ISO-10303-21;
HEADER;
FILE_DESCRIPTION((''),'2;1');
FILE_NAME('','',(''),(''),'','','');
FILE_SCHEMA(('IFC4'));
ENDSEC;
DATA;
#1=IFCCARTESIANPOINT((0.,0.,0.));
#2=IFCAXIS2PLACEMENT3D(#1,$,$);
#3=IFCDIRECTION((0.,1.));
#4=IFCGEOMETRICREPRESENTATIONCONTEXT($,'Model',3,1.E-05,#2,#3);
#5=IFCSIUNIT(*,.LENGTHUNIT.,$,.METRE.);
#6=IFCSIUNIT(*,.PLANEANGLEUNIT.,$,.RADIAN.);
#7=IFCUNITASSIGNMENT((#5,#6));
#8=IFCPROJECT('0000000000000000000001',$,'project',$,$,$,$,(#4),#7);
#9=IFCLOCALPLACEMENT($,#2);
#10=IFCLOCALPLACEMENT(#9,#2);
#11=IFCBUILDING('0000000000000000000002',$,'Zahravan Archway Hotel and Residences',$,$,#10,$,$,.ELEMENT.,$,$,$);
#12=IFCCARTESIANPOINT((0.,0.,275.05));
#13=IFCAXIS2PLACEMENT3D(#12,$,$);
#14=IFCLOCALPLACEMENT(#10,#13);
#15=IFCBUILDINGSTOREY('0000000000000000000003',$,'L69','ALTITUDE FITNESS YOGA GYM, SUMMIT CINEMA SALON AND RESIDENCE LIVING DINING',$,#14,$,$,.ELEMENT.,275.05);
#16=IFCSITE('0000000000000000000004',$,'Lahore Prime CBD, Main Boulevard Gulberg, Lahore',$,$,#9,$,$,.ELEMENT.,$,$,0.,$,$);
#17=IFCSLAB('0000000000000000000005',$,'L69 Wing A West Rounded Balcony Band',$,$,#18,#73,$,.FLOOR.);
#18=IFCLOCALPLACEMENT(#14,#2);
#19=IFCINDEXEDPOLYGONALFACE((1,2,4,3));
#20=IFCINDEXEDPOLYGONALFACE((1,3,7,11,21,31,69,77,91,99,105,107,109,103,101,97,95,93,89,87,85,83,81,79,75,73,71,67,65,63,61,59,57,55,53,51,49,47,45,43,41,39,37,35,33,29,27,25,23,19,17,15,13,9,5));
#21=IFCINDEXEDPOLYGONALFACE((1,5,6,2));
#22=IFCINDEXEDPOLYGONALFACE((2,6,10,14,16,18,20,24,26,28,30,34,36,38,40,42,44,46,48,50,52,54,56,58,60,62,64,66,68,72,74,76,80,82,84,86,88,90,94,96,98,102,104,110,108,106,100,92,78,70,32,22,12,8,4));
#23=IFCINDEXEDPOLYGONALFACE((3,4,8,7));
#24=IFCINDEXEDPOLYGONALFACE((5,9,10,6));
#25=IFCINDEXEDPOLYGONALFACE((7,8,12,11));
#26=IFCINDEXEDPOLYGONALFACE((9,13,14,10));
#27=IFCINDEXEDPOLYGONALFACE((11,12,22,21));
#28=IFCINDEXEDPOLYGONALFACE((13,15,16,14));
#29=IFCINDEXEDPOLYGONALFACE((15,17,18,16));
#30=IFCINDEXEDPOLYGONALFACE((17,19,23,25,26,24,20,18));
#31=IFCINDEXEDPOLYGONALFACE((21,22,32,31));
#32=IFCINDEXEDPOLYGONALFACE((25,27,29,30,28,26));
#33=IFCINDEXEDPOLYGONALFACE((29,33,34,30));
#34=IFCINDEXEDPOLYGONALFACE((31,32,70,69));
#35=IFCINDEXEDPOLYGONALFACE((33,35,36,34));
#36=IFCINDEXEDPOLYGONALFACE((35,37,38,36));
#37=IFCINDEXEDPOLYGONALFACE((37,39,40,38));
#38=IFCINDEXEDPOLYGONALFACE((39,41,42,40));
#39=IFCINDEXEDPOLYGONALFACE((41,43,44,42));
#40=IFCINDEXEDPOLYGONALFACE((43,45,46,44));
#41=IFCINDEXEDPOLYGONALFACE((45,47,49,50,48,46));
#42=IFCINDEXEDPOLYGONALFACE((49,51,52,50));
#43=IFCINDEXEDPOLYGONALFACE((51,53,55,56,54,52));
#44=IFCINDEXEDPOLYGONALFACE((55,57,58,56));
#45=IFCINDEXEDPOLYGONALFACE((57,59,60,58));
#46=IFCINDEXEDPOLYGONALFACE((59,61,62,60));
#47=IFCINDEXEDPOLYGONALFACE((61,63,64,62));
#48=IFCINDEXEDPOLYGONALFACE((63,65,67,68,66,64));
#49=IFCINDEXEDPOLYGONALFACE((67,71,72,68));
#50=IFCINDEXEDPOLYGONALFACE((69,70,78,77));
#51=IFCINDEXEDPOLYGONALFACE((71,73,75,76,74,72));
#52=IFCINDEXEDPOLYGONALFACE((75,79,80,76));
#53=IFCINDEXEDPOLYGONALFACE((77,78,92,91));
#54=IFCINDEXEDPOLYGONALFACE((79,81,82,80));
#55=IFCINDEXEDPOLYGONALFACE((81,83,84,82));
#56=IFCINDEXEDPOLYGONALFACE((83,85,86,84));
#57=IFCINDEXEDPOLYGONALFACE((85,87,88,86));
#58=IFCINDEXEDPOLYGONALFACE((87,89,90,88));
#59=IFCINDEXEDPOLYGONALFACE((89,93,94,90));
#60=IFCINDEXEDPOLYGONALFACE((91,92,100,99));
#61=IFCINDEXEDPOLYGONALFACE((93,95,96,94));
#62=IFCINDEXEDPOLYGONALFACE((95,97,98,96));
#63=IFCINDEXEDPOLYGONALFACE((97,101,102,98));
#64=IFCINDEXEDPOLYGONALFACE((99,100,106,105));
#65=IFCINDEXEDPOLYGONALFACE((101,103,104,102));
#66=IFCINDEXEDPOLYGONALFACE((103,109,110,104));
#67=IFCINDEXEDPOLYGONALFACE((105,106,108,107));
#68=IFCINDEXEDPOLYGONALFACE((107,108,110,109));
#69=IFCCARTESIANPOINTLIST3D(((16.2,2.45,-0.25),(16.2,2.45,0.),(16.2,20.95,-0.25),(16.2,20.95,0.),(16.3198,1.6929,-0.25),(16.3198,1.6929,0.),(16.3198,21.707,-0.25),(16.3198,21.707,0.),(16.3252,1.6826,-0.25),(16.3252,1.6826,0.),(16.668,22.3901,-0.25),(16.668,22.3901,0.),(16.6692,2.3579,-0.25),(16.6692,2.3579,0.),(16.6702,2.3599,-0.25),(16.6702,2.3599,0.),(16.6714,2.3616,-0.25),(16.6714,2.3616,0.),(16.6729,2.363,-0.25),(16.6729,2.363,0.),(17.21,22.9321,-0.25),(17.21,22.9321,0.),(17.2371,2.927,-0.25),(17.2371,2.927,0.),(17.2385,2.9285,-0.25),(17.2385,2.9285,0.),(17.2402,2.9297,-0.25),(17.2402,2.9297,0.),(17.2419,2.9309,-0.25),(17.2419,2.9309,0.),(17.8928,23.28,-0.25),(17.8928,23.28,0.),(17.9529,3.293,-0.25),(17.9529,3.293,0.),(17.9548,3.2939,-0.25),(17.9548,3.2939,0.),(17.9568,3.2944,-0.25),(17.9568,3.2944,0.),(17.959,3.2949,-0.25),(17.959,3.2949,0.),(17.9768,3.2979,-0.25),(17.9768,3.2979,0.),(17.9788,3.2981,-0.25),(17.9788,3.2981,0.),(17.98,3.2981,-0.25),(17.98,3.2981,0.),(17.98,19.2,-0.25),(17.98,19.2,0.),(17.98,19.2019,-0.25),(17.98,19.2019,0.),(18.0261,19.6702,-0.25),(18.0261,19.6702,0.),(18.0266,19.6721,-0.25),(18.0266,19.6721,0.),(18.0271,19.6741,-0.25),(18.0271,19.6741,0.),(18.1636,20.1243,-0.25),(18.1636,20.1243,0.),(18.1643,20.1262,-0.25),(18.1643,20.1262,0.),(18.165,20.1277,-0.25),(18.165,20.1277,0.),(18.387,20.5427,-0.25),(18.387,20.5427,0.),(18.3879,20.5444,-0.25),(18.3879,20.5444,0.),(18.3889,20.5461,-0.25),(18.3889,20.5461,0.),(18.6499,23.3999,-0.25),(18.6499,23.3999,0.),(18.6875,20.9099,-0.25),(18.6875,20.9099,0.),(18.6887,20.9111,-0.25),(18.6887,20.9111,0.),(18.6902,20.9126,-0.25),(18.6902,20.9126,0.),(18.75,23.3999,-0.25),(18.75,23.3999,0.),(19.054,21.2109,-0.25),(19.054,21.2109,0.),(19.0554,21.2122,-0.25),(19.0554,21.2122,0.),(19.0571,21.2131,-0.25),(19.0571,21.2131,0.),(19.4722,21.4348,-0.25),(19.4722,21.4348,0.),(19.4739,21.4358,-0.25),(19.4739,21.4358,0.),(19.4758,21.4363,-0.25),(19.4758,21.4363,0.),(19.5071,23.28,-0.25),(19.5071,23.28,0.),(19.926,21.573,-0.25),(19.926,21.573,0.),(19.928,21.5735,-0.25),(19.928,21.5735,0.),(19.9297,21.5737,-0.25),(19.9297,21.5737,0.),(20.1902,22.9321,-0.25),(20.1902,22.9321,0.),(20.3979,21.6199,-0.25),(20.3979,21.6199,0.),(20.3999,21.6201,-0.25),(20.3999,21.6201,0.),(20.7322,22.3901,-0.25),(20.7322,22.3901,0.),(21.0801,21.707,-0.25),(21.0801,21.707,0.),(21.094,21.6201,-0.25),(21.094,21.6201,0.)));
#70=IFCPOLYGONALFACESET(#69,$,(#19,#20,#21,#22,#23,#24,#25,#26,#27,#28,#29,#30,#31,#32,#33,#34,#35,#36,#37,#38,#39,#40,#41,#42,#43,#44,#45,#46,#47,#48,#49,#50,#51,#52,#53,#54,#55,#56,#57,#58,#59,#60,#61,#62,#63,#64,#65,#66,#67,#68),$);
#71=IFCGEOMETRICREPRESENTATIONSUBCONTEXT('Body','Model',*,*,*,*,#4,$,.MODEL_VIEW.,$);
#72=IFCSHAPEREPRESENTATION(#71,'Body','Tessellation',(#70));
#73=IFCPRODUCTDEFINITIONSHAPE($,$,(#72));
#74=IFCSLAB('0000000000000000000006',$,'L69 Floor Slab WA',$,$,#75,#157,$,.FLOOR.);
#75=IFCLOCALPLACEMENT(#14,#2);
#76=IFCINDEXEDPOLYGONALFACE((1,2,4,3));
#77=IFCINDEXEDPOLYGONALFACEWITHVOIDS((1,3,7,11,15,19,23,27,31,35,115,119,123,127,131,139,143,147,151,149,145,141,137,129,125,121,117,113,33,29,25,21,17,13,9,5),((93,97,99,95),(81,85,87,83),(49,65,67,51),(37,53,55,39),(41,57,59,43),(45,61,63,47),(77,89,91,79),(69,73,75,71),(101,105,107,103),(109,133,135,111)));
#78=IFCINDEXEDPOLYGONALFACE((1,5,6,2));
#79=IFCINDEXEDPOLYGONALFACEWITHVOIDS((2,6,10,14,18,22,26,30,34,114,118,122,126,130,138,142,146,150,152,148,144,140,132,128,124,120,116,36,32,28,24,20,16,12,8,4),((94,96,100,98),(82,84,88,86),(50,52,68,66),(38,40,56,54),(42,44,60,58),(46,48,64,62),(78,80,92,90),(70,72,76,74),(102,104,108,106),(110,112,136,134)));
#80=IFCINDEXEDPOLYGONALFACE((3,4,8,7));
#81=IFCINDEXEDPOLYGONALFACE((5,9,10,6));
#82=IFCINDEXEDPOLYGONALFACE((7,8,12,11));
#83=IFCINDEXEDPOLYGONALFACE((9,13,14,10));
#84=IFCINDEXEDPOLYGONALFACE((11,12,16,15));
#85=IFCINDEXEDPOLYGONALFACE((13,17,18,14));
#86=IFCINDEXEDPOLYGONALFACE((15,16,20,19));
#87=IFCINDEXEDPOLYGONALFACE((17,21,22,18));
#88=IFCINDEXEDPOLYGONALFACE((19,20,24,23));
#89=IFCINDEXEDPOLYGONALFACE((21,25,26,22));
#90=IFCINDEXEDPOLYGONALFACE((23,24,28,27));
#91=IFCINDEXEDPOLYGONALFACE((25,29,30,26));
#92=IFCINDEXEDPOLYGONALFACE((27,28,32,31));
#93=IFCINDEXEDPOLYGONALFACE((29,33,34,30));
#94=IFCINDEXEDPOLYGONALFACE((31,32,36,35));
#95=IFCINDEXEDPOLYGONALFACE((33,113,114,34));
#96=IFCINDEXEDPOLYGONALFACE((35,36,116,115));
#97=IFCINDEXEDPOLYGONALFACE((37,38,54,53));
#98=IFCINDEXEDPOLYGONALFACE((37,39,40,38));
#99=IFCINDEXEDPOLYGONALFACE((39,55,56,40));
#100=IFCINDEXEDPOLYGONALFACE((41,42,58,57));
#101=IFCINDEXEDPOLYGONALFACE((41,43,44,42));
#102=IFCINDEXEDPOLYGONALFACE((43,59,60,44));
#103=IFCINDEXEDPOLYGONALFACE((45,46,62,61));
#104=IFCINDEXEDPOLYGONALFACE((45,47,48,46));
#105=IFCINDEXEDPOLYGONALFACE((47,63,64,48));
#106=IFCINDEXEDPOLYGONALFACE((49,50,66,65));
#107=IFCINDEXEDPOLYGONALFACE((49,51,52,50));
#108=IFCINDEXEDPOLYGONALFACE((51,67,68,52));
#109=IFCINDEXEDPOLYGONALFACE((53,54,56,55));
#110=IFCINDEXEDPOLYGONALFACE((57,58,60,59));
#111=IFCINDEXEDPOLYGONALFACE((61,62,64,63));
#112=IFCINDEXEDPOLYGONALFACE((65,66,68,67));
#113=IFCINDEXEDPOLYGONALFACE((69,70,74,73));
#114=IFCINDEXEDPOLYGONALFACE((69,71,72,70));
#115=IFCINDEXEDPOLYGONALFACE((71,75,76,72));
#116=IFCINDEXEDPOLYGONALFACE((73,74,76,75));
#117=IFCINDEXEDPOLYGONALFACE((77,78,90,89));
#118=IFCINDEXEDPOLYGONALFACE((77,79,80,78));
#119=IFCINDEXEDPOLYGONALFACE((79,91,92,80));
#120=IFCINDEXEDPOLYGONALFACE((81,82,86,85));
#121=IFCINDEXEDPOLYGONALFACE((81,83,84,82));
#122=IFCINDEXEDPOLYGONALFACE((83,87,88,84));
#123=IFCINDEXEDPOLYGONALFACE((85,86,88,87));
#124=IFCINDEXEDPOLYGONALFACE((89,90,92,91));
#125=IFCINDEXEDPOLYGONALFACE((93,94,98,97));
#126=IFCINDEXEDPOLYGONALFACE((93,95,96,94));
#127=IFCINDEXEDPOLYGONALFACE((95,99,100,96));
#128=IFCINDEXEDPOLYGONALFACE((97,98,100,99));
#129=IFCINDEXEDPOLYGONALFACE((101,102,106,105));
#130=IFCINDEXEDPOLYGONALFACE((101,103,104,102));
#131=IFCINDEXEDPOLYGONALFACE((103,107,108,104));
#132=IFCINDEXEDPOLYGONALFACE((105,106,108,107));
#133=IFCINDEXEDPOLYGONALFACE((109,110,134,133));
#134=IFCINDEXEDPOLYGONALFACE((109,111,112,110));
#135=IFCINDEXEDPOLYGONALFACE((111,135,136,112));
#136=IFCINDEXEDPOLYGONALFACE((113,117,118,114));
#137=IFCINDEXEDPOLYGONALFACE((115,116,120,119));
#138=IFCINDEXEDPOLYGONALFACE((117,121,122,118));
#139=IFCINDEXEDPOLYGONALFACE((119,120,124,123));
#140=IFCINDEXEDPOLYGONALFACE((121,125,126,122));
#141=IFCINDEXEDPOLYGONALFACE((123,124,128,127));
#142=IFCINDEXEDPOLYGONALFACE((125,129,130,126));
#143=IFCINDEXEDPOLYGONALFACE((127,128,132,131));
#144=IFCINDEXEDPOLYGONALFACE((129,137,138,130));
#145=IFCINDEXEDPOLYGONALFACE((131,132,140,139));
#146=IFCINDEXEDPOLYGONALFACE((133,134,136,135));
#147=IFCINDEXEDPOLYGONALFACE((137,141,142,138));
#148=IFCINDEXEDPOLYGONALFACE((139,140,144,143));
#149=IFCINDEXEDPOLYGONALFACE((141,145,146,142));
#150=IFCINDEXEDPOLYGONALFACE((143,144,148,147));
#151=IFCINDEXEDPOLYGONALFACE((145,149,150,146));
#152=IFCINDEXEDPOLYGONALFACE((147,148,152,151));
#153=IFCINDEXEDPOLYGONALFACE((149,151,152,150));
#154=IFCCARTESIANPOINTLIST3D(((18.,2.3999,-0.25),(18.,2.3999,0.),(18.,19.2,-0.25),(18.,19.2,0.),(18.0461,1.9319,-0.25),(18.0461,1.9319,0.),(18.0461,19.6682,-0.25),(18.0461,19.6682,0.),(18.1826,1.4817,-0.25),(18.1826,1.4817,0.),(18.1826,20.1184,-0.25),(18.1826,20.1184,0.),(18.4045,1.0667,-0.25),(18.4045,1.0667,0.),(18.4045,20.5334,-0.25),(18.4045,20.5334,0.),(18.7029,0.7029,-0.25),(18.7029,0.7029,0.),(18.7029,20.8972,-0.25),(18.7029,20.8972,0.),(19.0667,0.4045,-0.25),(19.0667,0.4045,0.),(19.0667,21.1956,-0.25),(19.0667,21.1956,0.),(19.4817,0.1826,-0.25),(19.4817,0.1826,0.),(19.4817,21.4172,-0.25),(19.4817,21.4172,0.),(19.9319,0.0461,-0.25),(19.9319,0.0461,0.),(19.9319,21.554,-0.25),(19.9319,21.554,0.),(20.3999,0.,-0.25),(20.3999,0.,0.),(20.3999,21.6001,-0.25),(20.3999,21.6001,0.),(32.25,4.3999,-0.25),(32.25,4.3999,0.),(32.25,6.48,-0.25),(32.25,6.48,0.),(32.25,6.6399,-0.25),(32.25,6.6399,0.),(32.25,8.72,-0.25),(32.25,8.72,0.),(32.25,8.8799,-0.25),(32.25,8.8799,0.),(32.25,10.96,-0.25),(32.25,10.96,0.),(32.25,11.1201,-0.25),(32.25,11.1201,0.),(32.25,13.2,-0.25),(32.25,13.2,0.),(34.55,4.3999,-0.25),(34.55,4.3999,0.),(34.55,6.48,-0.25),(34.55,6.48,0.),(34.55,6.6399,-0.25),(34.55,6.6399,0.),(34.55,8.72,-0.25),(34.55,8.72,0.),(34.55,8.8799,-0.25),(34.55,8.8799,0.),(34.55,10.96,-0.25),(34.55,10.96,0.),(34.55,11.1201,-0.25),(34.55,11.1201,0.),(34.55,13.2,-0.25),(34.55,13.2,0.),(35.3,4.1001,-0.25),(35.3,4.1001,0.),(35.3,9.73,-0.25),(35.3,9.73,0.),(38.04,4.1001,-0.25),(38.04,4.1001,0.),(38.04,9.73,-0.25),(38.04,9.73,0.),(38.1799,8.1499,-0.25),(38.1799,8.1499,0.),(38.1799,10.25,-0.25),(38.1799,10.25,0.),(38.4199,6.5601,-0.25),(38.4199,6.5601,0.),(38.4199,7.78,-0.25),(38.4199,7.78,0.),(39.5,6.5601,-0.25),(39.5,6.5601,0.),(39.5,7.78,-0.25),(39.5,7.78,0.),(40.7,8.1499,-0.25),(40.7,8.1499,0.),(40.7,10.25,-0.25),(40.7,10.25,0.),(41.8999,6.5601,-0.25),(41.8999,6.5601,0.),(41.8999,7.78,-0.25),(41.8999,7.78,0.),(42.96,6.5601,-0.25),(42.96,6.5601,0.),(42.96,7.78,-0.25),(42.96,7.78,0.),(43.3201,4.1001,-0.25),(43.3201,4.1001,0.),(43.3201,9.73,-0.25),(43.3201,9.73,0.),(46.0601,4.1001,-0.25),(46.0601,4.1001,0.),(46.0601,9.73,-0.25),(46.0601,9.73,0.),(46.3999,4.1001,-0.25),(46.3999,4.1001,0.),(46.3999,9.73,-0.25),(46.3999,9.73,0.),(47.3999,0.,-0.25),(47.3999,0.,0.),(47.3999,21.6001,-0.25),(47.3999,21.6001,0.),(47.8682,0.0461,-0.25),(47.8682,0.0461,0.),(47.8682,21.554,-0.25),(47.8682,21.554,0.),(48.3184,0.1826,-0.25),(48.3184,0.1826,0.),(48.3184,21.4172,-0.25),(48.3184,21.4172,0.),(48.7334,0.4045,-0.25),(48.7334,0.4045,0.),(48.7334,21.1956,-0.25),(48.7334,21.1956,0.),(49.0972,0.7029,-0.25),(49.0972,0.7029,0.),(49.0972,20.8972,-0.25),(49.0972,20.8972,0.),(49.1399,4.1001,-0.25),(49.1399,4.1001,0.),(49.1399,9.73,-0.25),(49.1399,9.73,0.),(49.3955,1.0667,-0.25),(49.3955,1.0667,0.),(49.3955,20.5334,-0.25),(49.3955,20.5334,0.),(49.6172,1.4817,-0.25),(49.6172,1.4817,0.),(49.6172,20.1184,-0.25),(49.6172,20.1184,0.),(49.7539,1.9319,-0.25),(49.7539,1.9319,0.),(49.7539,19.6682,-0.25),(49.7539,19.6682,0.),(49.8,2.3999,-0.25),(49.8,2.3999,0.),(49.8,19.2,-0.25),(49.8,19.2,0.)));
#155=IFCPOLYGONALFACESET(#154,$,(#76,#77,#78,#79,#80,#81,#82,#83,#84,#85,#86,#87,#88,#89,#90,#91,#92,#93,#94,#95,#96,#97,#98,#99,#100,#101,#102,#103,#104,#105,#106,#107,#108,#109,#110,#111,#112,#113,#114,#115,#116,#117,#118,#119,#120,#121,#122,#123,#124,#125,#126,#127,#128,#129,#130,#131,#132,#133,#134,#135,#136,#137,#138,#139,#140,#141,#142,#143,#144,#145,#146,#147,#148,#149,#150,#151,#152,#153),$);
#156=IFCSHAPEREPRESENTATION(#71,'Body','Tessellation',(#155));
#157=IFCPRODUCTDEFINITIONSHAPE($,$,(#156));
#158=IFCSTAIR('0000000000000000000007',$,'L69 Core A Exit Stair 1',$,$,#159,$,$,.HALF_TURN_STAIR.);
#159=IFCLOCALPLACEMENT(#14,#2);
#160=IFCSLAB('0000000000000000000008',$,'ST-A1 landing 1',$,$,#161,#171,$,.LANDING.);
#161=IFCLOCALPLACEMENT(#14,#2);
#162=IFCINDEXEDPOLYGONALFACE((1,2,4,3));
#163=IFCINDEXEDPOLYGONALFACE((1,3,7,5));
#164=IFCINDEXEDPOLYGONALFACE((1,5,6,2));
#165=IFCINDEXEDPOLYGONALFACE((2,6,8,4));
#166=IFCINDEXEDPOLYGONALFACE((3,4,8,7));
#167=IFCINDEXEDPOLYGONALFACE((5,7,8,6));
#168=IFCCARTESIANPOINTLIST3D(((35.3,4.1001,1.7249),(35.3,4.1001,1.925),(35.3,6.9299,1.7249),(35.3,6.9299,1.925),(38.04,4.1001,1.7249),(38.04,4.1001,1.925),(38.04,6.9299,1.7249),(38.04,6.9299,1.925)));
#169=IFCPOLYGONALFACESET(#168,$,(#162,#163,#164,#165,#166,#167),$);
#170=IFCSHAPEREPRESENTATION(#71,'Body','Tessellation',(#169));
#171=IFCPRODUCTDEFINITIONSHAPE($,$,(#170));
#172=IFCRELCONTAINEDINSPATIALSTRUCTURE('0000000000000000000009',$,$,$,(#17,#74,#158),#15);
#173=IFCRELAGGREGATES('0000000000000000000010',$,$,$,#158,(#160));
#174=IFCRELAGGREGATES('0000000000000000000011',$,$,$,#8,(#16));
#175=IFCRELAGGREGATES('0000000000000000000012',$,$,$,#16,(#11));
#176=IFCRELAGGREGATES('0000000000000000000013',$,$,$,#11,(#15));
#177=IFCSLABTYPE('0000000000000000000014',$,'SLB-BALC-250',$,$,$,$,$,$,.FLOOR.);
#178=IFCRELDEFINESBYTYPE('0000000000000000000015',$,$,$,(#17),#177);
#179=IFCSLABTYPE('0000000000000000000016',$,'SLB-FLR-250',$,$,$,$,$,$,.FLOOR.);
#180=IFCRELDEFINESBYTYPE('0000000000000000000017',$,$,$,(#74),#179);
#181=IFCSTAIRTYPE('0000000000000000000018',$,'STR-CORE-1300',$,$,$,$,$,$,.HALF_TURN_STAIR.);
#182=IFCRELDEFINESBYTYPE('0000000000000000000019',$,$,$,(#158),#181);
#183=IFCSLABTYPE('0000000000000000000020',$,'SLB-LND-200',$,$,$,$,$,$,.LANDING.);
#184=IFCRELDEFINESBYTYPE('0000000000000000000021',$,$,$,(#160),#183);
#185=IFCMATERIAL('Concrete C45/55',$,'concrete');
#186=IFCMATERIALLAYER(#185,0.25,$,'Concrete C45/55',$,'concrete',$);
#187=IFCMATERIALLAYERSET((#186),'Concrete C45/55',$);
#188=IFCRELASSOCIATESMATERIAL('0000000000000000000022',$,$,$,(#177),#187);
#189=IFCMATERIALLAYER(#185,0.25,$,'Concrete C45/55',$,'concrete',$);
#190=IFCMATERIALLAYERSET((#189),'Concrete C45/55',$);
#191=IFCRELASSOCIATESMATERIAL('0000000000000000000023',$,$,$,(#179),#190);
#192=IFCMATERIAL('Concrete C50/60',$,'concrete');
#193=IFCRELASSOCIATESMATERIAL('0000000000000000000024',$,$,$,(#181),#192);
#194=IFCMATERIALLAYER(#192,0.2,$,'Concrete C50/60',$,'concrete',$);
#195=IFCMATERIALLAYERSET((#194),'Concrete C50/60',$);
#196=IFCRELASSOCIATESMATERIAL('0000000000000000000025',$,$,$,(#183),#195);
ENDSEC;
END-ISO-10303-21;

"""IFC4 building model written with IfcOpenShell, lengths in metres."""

from ifc_helpers import new_model, si_unit, direction, frame, origin, place, context, subcontext, project, spatial, polyline, outline, extrude, material, layer, layer_set, type_object, element, aggregate, save


model = new_model("IFC4")

# Units and contexts
model_context = context("Model", 3, precision=1e-05, world=origin(), true_north=direction((0.0, 1.0)))
body_context = subcontext(model_context, "Body", "Model", "MODEL_VIEW")
ifc_project = project(units=[si_unit("LENGTHUNIT", "METRE"), si_unit("PLANEANGLEUNIT", "RADIAN")], contexts=[model_context])

# Site, building, storey
site_placement = place(None, origin())
site = spatial("IfcSite", under=ifc_project, at=site_placement, Name="Lahore Prime CBD, Main Boulevard Gulberg, Lahore", CompositionType="ELEMENT", RefElevation=0.0)
building_placement = place(site_placement, origin())
building = spatial("IfcBuilding", under=site, at=building_placement, Name="Zahravan Archway Hotel and Residences", CompositionType="ELEMENT")
storey_placement = place(building_placement, frame((0.0, 0.0, 275.05)))
storey = spatial("IfcBuildingStorey", under=building, at=storey_placement, Name="L69", Description="ALTITUDE FITNESS YOGA GYM, SUMMIT CINEMA SALON AND RESIDENCE LIVING DINING", CompositionType="ELEMENT", Elevation=275.05)

# Slabs
ifc_material_1 = material(Name="Concrete C45/55", Category="concrete")
ifc_layer_1 = layer(ifc_material_1, 0.25, Name="Concrete C45/55", Category="concrete")
ifc_layer_set_1 = layer_set([ifc_layer_1], Name="Concrete C45/55")
slab_type_1 = type_object("IfcSlabType", Name="SLB-BALC-250", PredefinedType="FLOOR", material=ifc_layer_set_1)
slab_1_placement = place(storey_placement, frame((0.0, 0.0, -0.25)))
element("IfcSlab", 1, at=slab_1_placement, inside=storey, type_object=slab_type_1, Name="L69 Wing A West Rounded Balcony Band", PredefinedType="FLOOR", context=body_context, shape_type="SweptSolid", body=[
    extrude(outline(polyline([(16.3198, 1.6929), (16.2, 2.45), (16.2, 20.95), (16.3198, 21.707), (16.668, 22.3901), (17.21, 22.9321), (17.8928, 23.28), (18.6499, 23.3999), (18.75, 23.3999), (19.5071, 23.28), (20.1902, 22.9321), (20.7322, 22.3901), (21.0801, 21.707), (21.094, 21.6201), (20.3999, 21.6201), (20.3979, 21.6199), (19.9297, 21.5737), (19.928, 21.5735), (19.926, 21.573), (19.4758, 21.4363), (19.4739, 21.4358), (19.4722, 21.4348), (19.0571, 21.2131), (19.0554, 21.2122), (19.054, 21.2109), (18.6902, 20.9126), (18.6887, 20.9111), (18.6875, 20.9099), (18.3889, 20.5461), (18.3879, 20.5444), (18.387, 20.5427), (18.165, 20.1277), (18.1643, 20.1262), (18.1636, 20.1243), (18.0271, 19.6741), (18.0266, 19.6721), (18.0261, 19.6702), (17.98, 19.2019), (17.98, 19.2), (17.98, 3.2981), (17.9788, 3.2981), (17.9768, 3.2979), (17.959, 3.2949), (17.9568, 3.2944), (17.9548, 3.2939), (17.9529, 3.293), (17.2419, 2.9309), (17.2402, 2.9297), (17.2385, 2.9285), (17.2371, 2.927), (16.6729, 2.363), (16.6714, 2.3616), (16.6702, 2.3599), (16.6692, 2.3579), (16.3252, 1.6826), (16.3198, 1.6929)])), origin(), (0.0, 0.0, 1.0), 0.25),
])
ifc_layer_2 = layer(ifc_material_1, 0.25, Name="Concrete C45/55", Category="concrete")
ifc_layer_set_2 = layer_set([ifc_layer_2], Name="Concrete C45/55")
slab_type_2 = type_object("IfcSlabType", Name="SLB-FLR-250", PredefinedType="FLOOR", material=ifc_layer_set_2)
slab_2_placement = place(storey_placement, frame((0.0, 0.0, -0.25)))
element("IfcSlab", 2, at=slab_2_placement, inside=storey, type_object=slab_type_2, Name="L69 Floor Slab WA", PredefinedType="FLOOR", context=body_context, shape_type="SweptSolid", body=[
    extrude(outline(polyline([(47.3999, 0.0), (47.8682, 0.0461), (48.3184, 0.1826), (48.7334, 0.4045), (49.0972, 0.7029), (49.3955, 1.0667), (49.6172, 1.4817), (49.7539, 1.9319), (49.8, 2.3999), (49.8, 19.2), (49.7539, 19.6682), (49.6172, 20.1184), (49.3955, 20.5334), (49.0972, 20.8972), (48.7334, 21.1956), (48.3184, 21.4172), (47.8682, 21.554), (47.3999, 21.6001), (20.3999, 21.6001), (19.9319, 21.554), (19.4817, 21.4172), (19.0667, 21.1956), (18.7029, 20.8972), (18.4045, 20.5334), (18.1826, 20.1184), (18.0461, 19.6682), (18.0, 19.2), (18.0, 2.3999), (18.0461, 1.9319), (18.1826, 1.4817), (18.4045, 1.0667), (18.7029, 0.7029), (19.0667, 0.4045), (19.4817, 0.1826), (19.9319, 0.0461), (20.3999, 0.0), (47.3999, 0.0)]), holes=[polyline([(35.3, 9.73), (35.3, 4.1001), (38.04, 4.1001), (38.04, 9.73), (35.3, 9.73)]), polyline([(43.3201, 9.73), (43.3201, 4.1001), (46.0601, 4.1001), (46.0601, 9.73), (43.3201, 9.73)]), polyline([(46.3999, 9.73), (46.3999, 4.1001), (49.1399, 4.1001), (49.1399, 9.73), (46.3999, 9.73)]), polyline([(38.1799, 8.1499), (40.7, 8.1499), (40.7, 10.25), (38.1799, 10.25), (38.1799, 8.1499)]), polyline([(32.25, 4.3999), (34.55, 4.3999), (34.55, 6.48), (32.25, 6.48), (32.25, 4.3999)]), polyline([(32.25, 6.6399), (34.55, 6.6399), (34.55, 8.72), (32.25, 8.72), (32.25, 6.6399)]), polyline([(32.25, 8.8799), (34.55, 8.8799), (34.55, 10.96), (32.25, 10.96), (32.25, 8.8799)]), polyline([(32.25, 11.1201), (34.55, 11.1201), (34.55, 13.2), (32.25, 13.2), (32.25, 11.1201)]), polyline([(38.4199, 6.5601), (39.5, 6.5601), (39.5, 7.78), (38.4199, 7.78), (38.4199, 6.5601)]), polyline([(41.8999, 6.5601), (42.96, 6.5601), (42.96, 7.78), (41.8999, 7.78), (41.8999, 6.5601)])]), origin(), (0.0, 0.0, 1.0), 0.25),
])

# Stair, slab
ifc_material_2 = material(Name="Concrete C50/60", Category="concrete")
stair_type = type_object("IfcStairType", Name="STR-CORE-1300", PredefinedType="HALF_TURN_STAIR", material=ifc_material_2)
stair_1_placement = place(storey_placement, origin())
stair_1 = element("IfcStair", 3, at=stair_1_placement, inside=storey, type_object=stair_type, Name="L69 Core A Exit Stair 1", PredefinedType="HALF_TURN_STAIR")
ifc_layer_3 = layer(ifc_material_2, 0.2, Name="Concrete C50/60", Category="concrete")
ifc_layer_set_3 = layer_set([ifc_layer_3], Name="Concrete C50/60")
slab_type_3 = type_object("IfcSlabType", Name="SLB-LND-200", PredefinedType="LANDING", material=ifc_layer_set_3)
slab_3_placement = place(storey_placement, frame((0.0, 0.0, 1.7249)))
slab_3 = element("IfcSlab", 4, at=slab_3_placement, type_object=slab_type_3, Name="ST-A1 landing 1", PredefinedType="LANDING", context=body_context, shape_type="SweptSolid", body=[
    extrude(outline(polyline([(35.3, 6.9299), (35.3, 4.1001), (38.04, 4.1001), (38.04, 6.9299), (35.3, 6.9299)])), origin(), (0.0, 0.0, 1.0), 0.2002),
])
aggregate(stair_1, [slab_3])

save(model, "model.ifc")
